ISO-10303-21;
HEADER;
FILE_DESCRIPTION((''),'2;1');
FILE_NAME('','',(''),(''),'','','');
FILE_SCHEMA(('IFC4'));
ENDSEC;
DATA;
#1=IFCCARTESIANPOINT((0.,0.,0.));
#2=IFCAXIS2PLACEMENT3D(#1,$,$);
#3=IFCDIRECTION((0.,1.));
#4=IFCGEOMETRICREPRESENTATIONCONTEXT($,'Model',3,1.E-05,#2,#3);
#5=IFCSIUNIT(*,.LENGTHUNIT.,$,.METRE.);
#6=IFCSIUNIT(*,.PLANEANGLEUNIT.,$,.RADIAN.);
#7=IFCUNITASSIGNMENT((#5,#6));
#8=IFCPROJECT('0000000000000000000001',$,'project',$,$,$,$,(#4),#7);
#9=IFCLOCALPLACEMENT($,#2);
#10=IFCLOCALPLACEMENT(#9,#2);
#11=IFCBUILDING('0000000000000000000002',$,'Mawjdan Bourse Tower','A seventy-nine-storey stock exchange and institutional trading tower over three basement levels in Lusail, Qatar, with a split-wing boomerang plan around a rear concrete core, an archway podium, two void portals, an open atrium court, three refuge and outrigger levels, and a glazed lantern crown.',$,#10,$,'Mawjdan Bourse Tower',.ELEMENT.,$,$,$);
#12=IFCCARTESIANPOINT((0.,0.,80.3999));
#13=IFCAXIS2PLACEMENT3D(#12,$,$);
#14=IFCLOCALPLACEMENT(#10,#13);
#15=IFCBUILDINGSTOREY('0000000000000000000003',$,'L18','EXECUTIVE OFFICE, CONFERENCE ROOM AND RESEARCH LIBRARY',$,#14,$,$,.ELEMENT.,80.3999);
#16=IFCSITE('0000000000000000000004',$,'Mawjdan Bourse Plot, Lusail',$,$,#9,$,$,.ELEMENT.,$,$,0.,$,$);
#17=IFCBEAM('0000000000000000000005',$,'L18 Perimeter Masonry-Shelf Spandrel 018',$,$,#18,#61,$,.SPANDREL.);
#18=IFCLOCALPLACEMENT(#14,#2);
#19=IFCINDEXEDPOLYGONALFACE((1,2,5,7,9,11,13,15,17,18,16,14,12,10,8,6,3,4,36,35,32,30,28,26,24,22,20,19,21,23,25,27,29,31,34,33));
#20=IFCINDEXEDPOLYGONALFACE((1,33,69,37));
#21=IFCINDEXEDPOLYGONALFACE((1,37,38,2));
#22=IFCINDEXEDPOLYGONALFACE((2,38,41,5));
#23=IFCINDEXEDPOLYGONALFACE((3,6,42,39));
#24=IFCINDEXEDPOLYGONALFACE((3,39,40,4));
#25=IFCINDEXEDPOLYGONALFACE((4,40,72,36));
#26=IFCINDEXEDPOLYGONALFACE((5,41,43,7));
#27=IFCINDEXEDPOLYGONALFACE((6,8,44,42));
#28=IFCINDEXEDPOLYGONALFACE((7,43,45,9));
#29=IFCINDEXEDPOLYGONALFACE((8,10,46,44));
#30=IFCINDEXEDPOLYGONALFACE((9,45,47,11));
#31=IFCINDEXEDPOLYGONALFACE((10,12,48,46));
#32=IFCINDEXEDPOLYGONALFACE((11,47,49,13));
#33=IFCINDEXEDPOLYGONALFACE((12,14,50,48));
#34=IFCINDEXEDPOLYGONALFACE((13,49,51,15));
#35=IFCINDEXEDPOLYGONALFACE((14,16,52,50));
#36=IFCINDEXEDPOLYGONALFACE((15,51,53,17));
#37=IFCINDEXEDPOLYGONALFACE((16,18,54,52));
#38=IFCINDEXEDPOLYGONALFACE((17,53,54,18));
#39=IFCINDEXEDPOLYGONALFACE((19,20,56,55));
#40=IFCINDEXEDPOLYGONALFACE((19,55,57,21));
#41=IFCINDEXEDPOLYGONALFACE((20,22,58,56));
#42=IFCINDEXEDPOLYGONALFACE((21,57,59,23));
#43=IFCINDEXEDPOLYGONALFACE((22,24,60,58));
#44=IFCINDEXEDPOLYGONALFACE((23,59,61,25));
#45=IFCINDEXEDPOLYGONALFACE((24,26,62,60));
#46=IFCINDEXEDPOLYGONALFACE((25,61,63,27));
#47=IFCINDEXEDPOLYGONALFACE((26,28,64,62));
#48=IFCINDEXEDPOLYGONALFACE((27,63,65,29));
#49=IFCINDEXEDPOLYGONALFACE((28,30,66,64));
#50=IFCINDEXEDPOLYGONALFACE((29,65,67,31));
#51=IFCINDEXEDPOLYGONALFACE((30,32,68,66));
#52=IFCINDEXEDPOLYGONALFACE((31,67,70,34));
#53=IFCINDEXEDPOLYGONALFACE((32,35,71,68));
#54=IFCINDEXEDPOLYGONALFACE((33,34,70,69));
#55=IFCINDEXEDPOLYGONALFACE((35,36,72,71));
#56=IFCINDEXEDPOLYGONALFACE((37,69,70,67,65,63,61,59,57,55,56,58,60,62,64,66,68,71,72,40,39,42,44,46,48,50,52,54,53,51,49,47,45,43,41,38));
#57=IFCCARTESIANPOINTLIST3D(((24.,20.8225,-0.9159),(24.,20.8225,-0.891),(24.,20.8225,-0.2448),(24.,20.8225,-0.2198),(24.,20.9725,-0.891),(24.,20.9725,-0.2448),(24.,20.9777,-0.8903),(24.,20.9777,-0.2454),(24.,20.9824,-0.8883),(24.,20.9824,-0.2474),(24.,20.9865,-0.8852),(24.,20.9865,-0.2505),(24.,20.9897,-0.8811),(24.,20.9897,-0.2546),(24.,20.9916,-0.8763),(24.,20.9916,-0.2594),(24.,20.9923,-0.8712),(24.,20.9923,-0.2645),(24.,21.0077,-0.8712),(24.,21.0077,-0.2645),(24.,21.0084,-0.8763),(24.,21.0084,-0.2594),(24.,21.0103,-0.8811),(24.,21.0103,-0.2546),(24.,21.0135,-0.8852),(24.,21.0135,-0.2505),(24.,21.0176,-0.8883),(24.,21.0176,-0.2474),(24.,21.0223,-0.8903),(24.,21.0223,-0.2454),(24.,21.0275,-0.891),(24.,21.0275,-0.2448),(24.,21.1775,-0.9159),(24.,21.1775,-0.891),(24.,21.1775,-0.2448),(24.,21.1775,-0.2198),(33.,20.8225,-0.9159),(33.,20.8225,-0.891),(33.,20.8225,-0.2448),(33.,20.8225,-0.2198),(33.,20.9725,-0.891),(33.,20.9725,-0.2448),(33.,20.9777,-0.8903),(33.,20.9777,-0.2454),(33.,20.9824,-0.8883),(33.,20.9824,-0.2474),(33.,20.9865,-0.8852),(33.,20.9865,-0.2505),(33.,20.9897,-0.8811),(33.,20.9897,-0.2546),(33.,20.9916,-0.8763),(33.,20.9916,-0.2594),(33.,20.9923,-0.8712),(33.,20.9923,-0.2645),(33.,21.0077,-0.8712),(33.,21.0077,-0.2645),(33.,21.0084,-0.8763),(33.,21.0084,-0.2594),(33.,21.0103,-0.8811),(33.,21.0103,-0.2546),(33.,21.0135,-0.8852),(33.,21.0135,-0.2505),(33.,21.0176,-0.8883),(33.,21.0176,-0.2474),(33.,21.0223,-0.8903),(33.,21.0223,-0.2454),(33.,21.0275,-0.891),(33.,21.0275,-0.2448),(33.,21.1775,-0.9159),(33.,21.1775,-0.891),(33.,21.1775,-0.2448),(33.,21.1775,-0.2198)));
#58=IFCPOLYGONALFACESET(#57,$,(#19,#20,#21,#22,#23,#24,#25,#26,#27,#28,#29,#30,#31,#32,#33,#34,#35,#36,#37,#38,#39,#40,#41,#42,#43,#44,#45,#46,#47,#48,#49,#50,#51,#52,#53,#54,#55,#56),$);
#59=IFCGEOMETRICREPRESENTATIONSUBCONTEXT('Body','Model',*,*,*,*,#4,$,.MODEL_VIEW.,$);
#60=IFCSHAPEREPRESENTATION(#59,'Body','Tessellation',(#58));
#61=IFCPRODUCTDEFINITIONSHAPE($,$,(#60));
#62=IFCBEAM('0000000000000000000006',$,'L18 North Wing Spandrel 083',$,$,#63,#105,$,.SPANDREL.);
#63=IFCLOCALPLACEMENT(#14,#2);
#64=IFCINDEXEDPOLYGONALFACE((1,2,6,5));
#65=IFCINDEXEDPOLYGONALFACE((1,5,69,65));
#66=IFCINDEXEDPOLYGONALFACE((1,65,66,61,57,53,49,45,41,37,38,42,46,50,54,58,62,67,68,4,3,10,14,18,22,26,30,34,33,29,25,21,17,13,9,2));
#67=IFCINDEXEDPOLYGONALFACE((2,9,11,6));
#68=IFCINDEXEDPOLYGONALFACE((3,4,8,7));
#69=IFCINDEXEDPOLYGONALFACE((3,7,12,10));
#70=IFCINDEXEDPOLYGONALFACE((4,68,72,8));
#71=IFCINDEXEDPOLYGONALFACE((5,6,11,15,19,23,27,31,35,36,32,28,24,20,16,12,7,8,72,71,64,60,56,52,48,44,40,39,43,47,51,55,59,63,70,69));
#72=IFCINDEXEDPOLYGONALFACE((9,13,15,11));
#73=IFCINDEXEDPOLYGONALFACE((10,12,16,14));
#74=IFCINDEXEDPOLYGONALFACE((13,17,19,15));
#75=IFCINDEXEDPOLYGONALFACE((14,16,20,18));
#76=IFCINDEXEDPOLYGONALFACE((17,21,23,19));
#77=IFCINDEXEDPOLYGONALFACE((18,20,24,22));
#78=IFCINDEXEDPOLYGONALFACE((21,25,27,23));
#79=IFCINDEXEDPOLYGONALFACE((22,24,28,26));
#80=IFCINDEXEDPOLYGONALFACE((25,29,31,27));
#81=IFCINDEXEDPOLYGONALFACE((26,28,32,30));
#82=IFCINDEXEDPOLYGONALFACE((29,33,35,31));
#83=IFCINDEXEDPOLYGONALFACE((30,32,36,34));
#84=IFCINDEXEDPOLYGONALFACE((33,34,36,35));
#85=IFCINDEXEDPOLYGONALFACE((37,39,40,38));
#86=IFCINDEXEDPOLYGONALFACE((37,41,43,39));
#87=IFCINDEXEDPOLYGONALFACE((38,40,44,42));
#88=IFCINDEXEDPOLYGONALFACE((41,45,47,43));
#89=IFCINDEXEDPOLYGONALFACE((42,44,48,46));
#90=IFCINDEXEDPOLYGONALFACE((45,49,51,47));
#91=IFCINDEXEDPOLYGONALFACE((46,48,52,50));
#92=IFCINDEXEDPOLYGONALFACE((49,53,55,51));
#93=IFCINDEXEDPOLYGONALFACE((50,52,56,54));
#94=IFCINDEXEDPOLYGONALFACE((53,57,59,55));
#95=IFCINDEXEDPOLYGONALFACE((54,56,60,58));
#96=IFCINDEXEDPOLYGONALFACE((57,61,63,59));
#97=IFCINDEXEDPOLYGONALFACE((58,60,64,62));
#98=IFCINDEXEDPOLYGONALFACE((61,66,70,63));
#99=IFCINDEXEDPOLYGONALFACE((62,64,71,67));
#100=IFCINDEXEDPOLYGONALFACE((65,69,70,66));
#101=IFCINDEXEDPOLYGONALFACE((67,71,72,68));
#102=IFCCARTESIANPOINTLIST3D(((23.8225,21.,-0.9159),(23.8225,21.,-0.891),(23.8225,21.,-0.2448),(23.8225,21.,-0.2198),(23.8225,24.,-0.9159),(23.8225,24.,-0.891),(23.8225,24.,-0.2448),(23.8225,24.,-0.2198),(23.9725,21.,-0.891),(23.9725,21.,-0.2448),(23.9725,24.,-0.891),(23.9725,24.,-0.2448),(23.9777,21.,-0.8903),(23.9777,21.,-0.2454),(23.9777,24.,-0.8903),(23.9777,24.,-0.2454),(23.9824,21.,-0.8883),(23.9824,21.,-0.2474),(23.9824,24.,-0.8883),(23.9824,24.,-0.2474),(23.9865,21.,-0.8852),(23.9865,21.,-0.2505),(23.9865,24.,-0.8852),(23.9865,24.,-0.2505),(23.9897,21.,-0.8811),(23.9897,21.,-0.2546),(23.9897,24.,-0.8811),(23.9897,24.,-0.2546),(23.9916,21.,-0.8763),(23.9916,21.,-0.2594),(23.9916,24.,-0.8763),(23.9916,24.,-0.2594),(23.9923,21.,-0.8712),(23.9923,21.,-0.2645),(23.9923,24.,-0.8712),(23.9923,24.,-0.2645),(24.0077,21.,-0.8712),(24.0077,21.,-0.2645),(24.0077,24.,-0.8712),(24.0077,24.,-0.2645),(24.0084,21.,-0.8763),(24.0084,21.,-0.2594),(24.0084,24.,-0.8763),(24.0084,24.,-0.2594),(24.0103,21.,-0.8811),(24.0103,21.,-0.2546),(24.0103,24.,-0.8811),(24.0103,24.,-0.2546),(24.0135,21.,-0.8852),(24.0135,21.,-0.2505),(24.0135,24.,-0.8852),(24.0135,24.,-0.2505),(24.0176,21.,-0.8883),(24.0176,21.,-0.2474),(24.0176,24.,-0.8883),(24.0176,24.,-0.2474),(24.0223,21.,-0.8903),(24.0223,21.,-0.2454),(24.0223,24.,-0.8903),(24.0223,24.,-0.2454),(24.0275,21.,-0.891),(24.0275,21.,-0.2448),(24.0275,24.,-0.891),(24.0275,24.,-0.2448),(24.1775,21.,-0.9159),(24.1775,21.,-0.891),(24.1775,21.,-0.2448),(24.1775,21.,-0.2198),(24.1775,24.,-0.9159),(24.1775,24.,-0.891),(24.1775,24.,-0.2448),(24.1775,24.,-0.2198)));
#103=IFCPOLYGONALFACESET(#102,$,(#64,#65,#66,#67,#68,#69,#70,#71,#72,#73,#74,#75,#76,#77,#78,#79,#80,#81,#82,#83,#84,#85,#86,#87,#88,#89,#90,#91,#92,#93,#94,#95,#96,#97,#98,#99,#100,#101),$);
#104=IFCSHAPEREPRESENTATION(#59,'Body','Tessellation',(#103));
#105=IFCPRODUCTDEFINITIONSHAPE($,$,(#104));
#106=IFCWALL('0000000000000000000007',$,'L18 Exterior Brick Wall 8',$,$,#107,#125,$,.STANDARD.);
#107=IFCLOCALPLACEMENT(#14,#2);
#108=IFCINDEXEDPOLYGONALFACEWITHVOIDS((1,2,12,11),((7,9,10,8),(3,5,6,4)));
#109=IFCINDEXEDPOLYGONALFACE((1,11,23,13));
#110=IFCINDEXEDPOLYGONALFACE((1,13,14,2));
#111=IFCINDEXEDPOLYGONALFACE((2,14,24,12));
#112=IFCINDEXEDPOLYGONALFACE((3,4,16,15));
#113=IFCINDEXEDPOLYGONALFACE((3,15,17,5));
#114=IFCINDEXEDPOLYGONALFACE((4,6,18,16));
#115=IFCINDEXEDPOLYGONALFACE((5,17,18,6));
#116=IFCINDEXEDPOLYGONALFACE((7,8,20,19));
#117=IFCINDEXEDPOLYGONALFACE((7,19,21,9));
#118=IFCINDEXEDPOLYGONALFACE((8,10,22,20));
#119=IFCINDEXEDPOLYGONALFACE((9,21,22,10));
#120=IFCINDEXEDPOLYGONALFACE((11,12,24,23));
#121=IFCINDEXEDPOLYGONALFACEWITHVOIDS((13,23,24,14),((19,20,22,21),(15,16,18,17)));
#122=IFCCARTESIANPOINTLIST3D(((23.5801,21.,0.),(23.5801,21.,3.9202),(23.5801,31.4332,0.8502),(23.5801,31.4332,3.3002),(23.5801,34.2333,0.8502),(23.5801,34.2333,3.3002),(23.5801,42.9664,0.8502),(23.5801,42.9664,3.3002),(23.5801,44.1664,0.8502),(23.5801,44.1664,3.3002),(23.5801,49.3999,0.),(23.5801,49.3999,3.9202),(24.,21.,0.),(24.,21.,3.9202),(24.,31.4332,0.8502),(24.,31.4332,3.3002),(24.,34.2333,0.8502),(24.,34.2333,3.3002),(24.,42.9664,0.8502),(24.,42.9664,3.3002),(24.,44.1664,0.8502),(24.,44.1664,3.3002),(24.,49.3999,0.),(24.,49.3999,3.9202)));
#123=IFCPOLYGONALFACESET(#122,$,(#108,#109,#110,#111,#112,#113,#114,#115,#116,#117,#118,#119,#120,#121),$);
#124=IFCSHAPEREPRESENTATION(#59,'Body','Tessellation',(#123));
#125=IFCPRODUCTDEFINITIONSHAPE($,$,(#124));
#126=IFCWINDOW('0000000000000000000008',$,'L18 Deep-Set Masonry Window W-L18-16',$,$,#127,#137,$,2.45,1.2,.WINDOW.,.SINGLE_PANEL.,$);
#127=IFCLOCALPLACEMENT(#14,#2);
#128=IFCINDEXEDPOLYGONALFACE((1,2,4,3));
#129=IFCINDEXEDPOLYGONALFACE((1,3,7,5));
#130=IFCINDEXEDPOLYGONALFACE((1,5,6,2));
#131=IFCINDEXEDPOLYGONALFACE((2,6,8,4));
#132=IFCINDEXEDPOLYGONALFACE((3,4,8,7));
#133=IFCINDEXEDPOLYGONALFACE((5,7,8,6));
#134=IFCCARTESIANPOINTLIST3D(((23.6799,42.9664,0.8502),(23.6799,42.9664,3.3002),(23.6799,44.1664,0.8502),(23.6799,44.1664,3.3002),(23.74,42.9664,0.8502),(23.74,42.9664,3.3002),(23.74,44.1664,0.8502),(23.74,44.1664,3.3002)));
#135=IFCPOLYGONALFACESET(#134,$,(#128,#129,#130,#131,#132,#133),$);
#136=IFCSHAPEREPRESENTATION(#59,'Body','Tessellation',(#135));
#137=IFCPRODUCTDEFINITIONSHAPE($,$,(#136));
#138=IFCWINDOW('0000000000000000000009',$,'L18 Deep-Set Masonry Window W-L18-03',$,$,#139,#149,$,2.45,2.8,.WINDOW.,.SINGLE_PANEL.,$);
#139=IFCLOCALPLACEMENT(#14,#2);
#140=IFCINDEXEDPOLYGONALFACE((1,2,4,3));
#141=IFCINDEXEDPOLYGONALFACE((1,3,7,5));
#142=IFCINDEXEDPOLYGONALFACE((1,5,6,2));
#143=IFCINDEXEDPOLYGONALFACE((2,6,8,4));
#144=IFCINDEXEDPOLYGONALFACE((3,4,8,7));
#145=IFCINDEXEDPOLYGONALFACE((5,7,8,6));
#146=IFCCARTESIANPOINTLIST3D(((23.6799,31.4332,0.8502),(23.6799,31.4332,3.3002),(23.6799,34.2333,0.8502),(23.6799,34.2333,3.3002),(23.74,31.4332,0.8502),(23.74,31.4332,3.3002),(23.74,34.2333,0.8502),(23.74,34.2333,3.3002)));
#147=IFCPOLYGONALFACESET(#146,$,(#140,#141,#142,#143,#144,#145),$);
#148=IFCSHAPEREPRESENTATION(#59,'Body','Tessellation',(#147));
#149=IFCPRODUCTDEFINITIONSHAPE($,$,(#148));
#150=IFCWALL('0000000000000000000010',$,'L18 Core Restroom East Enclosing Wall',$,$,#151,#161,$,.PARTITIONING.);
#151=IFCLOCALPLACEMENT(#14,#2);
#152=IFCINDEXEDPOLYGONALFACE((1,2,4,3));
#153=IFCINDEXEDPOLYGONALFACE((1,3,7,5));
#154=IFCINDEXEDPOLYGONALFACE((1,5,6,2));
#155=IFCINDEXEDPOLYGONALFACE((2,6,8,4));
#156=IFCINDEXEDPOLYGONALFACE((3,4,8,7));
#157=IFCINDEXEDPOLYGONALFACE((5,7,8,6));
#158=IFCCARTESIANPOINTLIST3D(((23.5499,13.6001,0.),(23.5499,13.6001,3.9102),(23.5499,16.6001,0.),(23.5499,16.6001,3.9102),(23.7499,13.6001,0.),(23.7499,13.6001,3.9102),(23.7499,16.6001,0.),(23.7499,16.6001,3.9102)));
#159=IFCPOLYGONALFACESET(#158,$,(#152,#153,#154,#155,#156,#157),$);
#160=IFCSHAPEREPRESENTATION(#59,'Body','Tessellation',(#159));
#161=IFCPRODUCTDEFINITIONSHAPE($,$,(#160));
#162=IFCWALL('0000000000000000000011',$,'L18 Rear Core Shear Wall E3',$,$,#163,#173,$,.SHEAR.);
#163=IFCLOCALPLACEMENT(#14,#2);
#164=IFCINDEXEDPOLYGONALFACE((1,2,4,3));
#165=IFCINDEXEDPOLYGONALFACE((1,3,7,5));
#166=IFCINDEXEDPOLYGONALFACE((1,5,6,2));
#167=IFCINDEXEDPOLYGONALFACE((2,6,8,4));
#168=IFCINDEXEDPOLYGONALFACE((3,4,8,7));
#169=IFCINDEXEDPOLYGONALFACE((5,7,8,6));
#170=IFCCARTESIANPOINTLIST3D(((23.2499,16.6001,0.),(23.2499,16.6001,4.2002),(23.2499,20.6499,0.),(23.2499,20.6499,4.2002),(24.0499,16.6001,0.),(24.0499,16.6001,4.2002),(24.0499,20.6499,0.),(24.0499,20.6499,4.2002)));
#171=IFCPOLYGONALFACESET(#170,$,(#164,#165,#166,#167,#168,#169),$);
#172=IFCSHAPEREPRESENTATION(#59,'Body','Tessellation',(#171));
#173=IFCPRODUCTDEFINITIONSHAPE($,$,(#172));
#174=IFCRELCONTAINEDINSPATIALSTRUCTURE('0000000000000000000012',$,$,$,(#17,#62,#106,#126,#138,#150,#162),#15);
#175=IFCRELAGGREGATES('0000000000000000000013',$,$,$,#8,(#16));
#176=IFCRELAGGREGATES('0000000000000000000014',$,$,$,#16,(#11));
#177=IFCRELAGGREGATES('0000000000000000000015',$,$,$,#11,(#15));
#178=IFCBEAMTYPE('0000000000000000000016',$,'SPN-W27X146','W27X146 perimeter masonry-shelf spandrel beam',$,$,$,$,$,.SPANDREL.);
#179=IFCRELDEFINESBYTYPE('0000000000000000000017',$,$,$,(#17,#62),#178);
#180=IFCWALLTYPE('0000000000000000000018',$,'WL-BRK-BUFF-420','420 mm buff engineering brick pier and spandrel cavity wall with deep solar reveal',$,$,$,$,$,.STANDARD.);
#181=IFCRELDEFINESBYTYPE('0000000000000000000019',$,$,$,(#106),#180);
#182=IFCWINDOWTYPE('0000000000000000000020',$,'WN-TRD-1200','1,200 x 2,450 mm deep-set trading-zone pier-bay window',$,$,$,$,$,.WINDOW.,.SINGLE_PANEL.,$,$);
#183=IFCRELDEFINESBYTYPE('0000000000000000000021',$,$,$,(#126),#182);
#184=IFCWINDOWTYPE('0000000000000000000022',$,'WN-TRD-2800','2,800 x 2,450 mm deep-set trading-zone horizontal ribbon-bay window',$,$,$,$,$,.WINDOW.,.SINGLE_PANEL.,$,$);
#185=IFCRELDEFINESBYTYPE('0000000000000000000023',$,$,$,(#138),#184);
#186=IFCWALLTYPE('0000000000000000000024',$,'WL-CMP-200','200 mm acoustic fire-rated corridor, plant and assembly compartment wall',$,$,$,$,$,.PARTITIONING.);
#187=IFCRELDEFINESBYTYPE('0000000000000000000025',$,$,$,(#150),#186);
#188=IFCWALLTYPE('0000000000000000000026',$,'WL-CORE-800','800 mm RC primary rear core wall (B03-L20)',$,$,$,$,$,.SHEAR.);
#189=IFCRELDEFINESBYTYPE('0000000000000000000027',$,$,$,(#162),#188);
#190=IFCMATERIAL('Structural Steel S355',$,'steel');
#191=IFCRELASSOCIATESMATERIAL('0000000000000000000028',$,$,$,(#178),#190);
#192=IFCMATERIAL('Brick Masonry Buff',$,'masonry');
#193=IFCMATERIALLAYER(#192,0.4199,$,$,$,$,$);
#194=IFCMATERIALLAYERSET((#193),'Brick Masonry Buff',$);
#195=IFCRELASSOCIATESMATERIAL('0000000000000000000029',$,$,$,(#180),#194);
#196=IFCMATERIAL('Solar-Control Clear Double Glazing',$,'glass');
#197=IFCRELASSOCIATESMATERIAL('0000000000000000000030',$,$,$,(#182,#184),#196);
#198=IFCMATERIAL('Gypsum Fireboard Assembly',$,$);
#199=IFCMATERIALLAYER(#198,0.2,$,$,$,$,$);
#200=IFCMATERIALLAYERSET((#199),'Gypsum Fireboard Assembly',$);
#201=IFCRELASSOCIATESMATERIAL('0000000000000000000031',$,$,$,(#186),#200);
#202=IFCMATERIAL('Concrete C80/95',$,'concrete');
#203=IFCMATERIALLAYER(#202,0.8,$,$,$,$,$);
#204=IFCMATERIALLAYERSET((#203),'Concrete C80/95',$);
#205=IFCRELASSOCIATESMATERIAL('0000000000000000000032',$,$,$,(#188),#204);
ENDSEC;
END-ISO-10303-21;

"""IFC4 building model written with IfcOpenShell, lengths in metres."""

from ifc_helpers import new_model, si_unit, direction, frame, frame_2d, origin, origin_2d, place, context, subcontext, project, spatial, rectangle, i_section, extrude, material, layer, layer_set, material_profile, profile_set, type_object, element, fill, save


model = new_model("IFC4")

# Units and contexts
model_context = context("Model", 3, precision=1e-05, world=origin(), true_north=direction((0.0, 1.0)))
body_context = subcontext(model_context, "Body", "Model", "MODEL_VIEW")
ifc_project = project(units=[si_unit("LENGTHUNIT", "METRE"), si_unit("PLANEANGLEUNIT", "RADIAN")], contexts=[model_context])

# Site, building, storey
site_placement = place(None, origin())
site = spatial("IfcSite", under=ifc_project, at=site_placement, Name="Mawjdan Bourse Plot, Lusail", CompositionType="ELEMENT", RefElevation=0.0)
building_placement = place(site_placement, origin())
building = spatial("IfcBuilding", under=site, at=building_placement, Name="Mawjdan Bourse Tower", Description="A seventy-nine-storey stock exchange and institutional trading tower over three basement levels in Lusail, Qatar, with a split-wing boomerang plan around a rear concrete core, an archway podium, two void portals, an open atrium court, three refuge and outrigger levels, and a glazed lantern crown.", LongName="Mawjdan Bourse Tower", CompositionType="ELEMENT")
storey_placement = place(building_placement, frame((0.0, 0.0, 80.3999)))
storey = spatial("IfcBuildingStorey", under=building, at=storey_placement, Name="L18", Description="EXECUTIVE OFFICE, CONFERENCE ROOM AND RESEARCH LIBRARY", CompositionType="ELEMENT", Elevation=80.3999)

# Shared definitions
ifc_material_1 = material(Name="Concrete C80/95", Category="concrete")

# Beams
ifc_material_2 = material(Name="Structural Steel S355", Category="steel")
ifc_material_profile_1 = material_profile(ifc_material_2, i_section(OverallWidth=0.355, OverallDepth=0.696, WebThickness=0.0154, FlangeThickness=0.0249, FilletRadius=0.0198, at=origin_2d()), Name="W27X146")
ifc_profile_set_1 = profile_set([ifc_material_profile_1], Name="Structural Steel S355")
beam_type_1 = type_object("IfcBeamType", Name="SPN-W27X146", Description="W27X146 perimeter masonry-shelf spandrel beam", PredefinedType="SPANDREL", material=ifc_profile_set_1)
beam_1_placement = place(storey_placement, frame((24.0, 21.0, -0.5679), z_axis=(1.0, 0.0, 0.0), x_axis=(0.0, 1.0, 0.0)))
element("IfcBeam", 1, at=beam_1_placement, inside=storey, type_object=beam_type_1, Name="L18 Perimeter Masonry-Shelf Spandrel 018", PredefinedType="SPANDREL", context=body_context, shape_type="SweptSolid", body=[
    extrude(i_section(OverallWidth=0.355, OverallDepth=0.696, WebThickness=0.0154, FlangeThickness=0.0249, FilletRadius=0.0198, at=origin_2d()), origin(), (0.0, 0.0, 1.0), 9.0),
])
beam_2_placement = place(storey_placement, frame((24.0, 21.0, -0.5679), z_axis=(0.0, 1.0, 0.0), x_axis=(-1.0, 0.0, 0.0)))
element("IfcBeam", 2, at=beam_2_placement, inside=storey, type_object=beam_type_1, Name="L18 North Wing Spandrel 083", PredefinedType="SPANDREL", context=body_context, shape_type="SweptSolid", body=[
    extrude(i_section(OverallWidth=0.355, OverallDepth=0.696, WebThickness=0.0154, FlangeThickness=0.0249, FilletRadius=0.0198, at=origin_2d()), origin(), (0.0, 0.0, 1.0), 3.0),
])

# Wall, openings, windows
ifc_material_3 = material(Name="Brick Masonry Buff", Category="masonry")
ifc_layer_1 = layer(ifc_material_3, 0.4199)
ifc_layer_set_1 = layer_set([ifc_layer_1], Name="Brick Masonry Buff")
wall_type_1 = type_object("IfcWallType", Name="WL-BRK-BUFF-420", Description="420 mm buff engineering brick pier and spandrel cavity wall with deep solar reveal", PredefinedType="STANDARD", material=ifc_layer_set_1)
wall_1_placement = place(storey_placement, frame((23.79, 21.0, 0.0), z_axis=(0.0, 0.0, 1.0), x_axis=(0.0, 1.0, 0.0)))
wall_1 = element("IfcWall", 3, at=wall_1_placement, inside=storey, type_object=wall_type_1, Name="L18 Exterior Brick Wall 8", PredefinedType="STANDARD", context=body_context, shape_type="SweptSolid", body=[
    extrude(rectangle(XDim=28.3999, YDim=0.4199, at=frame_2d((14.2, 0.0))), origin(), (0.0, 0.0, 1.0), 3.9202),
])
opening_1_placement = place(wall_1_placement, frame((10.4333, 0.0, 0.8501)))
opening_1 = element("IfcOpeningElement", 4, at=opening_1_placement, cuts=wall_1, PredefinedType="OPENING", context=body_context, shape_type="SweptSolid", body=[
    extrude(rectangle(XDim=2.8, YDim=2.45, at=frame_2d((1.3999, 1.2251))), frame((0.0, 0.22, 0.0), z_axis=(0.0, -1.0, 0.0), x_axis=(1.0, 0.0, 0.0)), (0.0, 0.0, 1.0), 0.4399),
])
opening_2_placement = place(wall_1_placement, frame((21.9663, 0.0, 0.8501)))
opening_2 = element("IfcOpeningElement", 5, at=opening_2_placement, cuts=wall_1, PredefinedType="OPENING", context=body_context, shape_type="SweptSolid", body=[
    extrude(rectangle(XDim=1.2, YDim=2.45, at=frame_2d((0.6001, 1.2251))), frame((0.0, 0.22, 0.0), z_axis=(0.0, -1.0, 0.0), x_axis=(1.0, 0.0, 0.0)), (0.0, 0.0, 1.0), 0.4399),
])
ifc_material_4 = material(Name="Solar-Control Clear Double Glazing", Category="glass")
window_type_1 = type_object("IfcWindowType", Name="WN-TRD-1200", Description="1,200 x 2,450 mm deep-set trading-zone pier-bay window", PartitioningType="SINGLE_PANEL", PredefinedType="WINDOW", material=ifc_material_4)
window_1_placement = place(opening_2_placement, origin())
window_1 = element("IfcWindow", 6, at=window_1_placement, inside=storey, type_object=window_type_1, Name="L18 Deep-Set Masonry Window W-L18-16", OverallHeight=2.45, OverallWidth=1.2, PartitioningType="SINGLE_PANEL", PredefinedType="WINDOW", context=body_context, shape_type="SweptSolid", body=[
    extrude(rectangle(XDim=1.2, YDim=2.45, at=frame_2d((0.6001, 1.2251))), frame((0.0, 0.1101, 0.0), z_axis=(0.0, -1.0, 0.0), x_axis=(1.0, 0.0, 0.0)), (0.0, 0.0, 1.0), 0.0601),
])
fill(opening_2, window_1)
window_type_2 = type_object("IfcWindowType", Name="WN-TRD-2800", Description="2,800 x 2,450 mm deep-set trading-zone horizontal ribbon-bay window", PartitioningType="SINGLE_PANEL", PredefinedType="WINDOW", material=ifc_material_4)
window_2_placement = place(opening_1_placement, origin())
window_2 = element("IfcWindow", 7, at=window_2_placement, inside=storey, type_object=window_type_2, Name="L18 Deep-Set Masonry Window W-L18-03", OverallHeight=2.45, OverallWidth=2.8, PartitioningType="SINGLE_PANEL", PredefinedType="WINDOW", context=body_context, shape_type="SweptSolid", body=[
    extrude(rectangle(XDim=2.8, YDim=2.45, at=frame_2d((1.3999, 1.2251))), frame((0.0, 0.1101, 0.0), z_axis=(0.0, -1.0, 0.0), x_axis=(1.0, 0.0, 0.0)), (0.0, 0.0, 1.0), 0.0601),
])
fill(opening_1, window_2)

# Wall
ifc_material_5 = material(Name="Gypsum Fireboard Assembly")
ifc_layer_2 = layer(ifc_material_5, 0.2)
ifc_layer_set_2 = layer_set([ifc_layer_2], Name="Gypsum Fireboard Assembly")
wall_type_2 = type_object("IfcWallType", Name="WL-CMP-200", Description="200 mm acoustic fire-rated corridor, plant and assembly compartment wall", PredefinedType="PARTITIONING", material=ifc_layer_set_2)
wall_2_placement = place(storey_placement, frame((23.6499, 13.6001, 0.0), z_axis=(0.0, 0.0, 1.0), x_axis=(0.0, 1.0, 0.0)))
element("IfcWall", 8, at=wall_2_placement, inside=storey, type_object=wall_type_2, Name="L18 Core Restroom East Enclosing Wall", PredefinedType="PARTITIONING", context=body_context, shape_type="SweptSolid", body=[
    extrude(rectangle(XDim=3.0, YDim=0.2, at=frame_2d((1.5, 0.0))), origin(), (0.0, 0.0, 1.0), 3.9102),
])

# Wall
ifc_layer_3 = layer(ifc_material_1, 0.8)
ifc_layer_set_3 = layer_set([ifc_layer_3], Name="Concrete C80/95")
wall_type_3 = type_object("IfcWallType", Name="WL-CORE-800", Description="800 mm RC primary rear core wall (B03-L20)", PredefinedType="SHEAR", material=ifc_layer_set_3)
wall_3_placement = place(storey_placement, frame((23.6499, 16.6001, 0.0), z_axis=(0.0, 0.0, 1.0), x_axis=(0.0, 1.0, 0.0)))
element("IfcWall", 9, at=wall_3_placement, inside=storey, type_object=wall_type_3, Name="L18 Rear Core Shear Wall E3", PredefinedType="SHEAR", context=body_context, shape_type="SweptSolid", body=[
    extrude(rectangle(XDim=4.0498, YDim=0.8, at=frame_2d((2.0249, 0.0))), origin(), (0.0, 0.0, 1.0), 4.2002),
])

save(model, "model.ifc")
